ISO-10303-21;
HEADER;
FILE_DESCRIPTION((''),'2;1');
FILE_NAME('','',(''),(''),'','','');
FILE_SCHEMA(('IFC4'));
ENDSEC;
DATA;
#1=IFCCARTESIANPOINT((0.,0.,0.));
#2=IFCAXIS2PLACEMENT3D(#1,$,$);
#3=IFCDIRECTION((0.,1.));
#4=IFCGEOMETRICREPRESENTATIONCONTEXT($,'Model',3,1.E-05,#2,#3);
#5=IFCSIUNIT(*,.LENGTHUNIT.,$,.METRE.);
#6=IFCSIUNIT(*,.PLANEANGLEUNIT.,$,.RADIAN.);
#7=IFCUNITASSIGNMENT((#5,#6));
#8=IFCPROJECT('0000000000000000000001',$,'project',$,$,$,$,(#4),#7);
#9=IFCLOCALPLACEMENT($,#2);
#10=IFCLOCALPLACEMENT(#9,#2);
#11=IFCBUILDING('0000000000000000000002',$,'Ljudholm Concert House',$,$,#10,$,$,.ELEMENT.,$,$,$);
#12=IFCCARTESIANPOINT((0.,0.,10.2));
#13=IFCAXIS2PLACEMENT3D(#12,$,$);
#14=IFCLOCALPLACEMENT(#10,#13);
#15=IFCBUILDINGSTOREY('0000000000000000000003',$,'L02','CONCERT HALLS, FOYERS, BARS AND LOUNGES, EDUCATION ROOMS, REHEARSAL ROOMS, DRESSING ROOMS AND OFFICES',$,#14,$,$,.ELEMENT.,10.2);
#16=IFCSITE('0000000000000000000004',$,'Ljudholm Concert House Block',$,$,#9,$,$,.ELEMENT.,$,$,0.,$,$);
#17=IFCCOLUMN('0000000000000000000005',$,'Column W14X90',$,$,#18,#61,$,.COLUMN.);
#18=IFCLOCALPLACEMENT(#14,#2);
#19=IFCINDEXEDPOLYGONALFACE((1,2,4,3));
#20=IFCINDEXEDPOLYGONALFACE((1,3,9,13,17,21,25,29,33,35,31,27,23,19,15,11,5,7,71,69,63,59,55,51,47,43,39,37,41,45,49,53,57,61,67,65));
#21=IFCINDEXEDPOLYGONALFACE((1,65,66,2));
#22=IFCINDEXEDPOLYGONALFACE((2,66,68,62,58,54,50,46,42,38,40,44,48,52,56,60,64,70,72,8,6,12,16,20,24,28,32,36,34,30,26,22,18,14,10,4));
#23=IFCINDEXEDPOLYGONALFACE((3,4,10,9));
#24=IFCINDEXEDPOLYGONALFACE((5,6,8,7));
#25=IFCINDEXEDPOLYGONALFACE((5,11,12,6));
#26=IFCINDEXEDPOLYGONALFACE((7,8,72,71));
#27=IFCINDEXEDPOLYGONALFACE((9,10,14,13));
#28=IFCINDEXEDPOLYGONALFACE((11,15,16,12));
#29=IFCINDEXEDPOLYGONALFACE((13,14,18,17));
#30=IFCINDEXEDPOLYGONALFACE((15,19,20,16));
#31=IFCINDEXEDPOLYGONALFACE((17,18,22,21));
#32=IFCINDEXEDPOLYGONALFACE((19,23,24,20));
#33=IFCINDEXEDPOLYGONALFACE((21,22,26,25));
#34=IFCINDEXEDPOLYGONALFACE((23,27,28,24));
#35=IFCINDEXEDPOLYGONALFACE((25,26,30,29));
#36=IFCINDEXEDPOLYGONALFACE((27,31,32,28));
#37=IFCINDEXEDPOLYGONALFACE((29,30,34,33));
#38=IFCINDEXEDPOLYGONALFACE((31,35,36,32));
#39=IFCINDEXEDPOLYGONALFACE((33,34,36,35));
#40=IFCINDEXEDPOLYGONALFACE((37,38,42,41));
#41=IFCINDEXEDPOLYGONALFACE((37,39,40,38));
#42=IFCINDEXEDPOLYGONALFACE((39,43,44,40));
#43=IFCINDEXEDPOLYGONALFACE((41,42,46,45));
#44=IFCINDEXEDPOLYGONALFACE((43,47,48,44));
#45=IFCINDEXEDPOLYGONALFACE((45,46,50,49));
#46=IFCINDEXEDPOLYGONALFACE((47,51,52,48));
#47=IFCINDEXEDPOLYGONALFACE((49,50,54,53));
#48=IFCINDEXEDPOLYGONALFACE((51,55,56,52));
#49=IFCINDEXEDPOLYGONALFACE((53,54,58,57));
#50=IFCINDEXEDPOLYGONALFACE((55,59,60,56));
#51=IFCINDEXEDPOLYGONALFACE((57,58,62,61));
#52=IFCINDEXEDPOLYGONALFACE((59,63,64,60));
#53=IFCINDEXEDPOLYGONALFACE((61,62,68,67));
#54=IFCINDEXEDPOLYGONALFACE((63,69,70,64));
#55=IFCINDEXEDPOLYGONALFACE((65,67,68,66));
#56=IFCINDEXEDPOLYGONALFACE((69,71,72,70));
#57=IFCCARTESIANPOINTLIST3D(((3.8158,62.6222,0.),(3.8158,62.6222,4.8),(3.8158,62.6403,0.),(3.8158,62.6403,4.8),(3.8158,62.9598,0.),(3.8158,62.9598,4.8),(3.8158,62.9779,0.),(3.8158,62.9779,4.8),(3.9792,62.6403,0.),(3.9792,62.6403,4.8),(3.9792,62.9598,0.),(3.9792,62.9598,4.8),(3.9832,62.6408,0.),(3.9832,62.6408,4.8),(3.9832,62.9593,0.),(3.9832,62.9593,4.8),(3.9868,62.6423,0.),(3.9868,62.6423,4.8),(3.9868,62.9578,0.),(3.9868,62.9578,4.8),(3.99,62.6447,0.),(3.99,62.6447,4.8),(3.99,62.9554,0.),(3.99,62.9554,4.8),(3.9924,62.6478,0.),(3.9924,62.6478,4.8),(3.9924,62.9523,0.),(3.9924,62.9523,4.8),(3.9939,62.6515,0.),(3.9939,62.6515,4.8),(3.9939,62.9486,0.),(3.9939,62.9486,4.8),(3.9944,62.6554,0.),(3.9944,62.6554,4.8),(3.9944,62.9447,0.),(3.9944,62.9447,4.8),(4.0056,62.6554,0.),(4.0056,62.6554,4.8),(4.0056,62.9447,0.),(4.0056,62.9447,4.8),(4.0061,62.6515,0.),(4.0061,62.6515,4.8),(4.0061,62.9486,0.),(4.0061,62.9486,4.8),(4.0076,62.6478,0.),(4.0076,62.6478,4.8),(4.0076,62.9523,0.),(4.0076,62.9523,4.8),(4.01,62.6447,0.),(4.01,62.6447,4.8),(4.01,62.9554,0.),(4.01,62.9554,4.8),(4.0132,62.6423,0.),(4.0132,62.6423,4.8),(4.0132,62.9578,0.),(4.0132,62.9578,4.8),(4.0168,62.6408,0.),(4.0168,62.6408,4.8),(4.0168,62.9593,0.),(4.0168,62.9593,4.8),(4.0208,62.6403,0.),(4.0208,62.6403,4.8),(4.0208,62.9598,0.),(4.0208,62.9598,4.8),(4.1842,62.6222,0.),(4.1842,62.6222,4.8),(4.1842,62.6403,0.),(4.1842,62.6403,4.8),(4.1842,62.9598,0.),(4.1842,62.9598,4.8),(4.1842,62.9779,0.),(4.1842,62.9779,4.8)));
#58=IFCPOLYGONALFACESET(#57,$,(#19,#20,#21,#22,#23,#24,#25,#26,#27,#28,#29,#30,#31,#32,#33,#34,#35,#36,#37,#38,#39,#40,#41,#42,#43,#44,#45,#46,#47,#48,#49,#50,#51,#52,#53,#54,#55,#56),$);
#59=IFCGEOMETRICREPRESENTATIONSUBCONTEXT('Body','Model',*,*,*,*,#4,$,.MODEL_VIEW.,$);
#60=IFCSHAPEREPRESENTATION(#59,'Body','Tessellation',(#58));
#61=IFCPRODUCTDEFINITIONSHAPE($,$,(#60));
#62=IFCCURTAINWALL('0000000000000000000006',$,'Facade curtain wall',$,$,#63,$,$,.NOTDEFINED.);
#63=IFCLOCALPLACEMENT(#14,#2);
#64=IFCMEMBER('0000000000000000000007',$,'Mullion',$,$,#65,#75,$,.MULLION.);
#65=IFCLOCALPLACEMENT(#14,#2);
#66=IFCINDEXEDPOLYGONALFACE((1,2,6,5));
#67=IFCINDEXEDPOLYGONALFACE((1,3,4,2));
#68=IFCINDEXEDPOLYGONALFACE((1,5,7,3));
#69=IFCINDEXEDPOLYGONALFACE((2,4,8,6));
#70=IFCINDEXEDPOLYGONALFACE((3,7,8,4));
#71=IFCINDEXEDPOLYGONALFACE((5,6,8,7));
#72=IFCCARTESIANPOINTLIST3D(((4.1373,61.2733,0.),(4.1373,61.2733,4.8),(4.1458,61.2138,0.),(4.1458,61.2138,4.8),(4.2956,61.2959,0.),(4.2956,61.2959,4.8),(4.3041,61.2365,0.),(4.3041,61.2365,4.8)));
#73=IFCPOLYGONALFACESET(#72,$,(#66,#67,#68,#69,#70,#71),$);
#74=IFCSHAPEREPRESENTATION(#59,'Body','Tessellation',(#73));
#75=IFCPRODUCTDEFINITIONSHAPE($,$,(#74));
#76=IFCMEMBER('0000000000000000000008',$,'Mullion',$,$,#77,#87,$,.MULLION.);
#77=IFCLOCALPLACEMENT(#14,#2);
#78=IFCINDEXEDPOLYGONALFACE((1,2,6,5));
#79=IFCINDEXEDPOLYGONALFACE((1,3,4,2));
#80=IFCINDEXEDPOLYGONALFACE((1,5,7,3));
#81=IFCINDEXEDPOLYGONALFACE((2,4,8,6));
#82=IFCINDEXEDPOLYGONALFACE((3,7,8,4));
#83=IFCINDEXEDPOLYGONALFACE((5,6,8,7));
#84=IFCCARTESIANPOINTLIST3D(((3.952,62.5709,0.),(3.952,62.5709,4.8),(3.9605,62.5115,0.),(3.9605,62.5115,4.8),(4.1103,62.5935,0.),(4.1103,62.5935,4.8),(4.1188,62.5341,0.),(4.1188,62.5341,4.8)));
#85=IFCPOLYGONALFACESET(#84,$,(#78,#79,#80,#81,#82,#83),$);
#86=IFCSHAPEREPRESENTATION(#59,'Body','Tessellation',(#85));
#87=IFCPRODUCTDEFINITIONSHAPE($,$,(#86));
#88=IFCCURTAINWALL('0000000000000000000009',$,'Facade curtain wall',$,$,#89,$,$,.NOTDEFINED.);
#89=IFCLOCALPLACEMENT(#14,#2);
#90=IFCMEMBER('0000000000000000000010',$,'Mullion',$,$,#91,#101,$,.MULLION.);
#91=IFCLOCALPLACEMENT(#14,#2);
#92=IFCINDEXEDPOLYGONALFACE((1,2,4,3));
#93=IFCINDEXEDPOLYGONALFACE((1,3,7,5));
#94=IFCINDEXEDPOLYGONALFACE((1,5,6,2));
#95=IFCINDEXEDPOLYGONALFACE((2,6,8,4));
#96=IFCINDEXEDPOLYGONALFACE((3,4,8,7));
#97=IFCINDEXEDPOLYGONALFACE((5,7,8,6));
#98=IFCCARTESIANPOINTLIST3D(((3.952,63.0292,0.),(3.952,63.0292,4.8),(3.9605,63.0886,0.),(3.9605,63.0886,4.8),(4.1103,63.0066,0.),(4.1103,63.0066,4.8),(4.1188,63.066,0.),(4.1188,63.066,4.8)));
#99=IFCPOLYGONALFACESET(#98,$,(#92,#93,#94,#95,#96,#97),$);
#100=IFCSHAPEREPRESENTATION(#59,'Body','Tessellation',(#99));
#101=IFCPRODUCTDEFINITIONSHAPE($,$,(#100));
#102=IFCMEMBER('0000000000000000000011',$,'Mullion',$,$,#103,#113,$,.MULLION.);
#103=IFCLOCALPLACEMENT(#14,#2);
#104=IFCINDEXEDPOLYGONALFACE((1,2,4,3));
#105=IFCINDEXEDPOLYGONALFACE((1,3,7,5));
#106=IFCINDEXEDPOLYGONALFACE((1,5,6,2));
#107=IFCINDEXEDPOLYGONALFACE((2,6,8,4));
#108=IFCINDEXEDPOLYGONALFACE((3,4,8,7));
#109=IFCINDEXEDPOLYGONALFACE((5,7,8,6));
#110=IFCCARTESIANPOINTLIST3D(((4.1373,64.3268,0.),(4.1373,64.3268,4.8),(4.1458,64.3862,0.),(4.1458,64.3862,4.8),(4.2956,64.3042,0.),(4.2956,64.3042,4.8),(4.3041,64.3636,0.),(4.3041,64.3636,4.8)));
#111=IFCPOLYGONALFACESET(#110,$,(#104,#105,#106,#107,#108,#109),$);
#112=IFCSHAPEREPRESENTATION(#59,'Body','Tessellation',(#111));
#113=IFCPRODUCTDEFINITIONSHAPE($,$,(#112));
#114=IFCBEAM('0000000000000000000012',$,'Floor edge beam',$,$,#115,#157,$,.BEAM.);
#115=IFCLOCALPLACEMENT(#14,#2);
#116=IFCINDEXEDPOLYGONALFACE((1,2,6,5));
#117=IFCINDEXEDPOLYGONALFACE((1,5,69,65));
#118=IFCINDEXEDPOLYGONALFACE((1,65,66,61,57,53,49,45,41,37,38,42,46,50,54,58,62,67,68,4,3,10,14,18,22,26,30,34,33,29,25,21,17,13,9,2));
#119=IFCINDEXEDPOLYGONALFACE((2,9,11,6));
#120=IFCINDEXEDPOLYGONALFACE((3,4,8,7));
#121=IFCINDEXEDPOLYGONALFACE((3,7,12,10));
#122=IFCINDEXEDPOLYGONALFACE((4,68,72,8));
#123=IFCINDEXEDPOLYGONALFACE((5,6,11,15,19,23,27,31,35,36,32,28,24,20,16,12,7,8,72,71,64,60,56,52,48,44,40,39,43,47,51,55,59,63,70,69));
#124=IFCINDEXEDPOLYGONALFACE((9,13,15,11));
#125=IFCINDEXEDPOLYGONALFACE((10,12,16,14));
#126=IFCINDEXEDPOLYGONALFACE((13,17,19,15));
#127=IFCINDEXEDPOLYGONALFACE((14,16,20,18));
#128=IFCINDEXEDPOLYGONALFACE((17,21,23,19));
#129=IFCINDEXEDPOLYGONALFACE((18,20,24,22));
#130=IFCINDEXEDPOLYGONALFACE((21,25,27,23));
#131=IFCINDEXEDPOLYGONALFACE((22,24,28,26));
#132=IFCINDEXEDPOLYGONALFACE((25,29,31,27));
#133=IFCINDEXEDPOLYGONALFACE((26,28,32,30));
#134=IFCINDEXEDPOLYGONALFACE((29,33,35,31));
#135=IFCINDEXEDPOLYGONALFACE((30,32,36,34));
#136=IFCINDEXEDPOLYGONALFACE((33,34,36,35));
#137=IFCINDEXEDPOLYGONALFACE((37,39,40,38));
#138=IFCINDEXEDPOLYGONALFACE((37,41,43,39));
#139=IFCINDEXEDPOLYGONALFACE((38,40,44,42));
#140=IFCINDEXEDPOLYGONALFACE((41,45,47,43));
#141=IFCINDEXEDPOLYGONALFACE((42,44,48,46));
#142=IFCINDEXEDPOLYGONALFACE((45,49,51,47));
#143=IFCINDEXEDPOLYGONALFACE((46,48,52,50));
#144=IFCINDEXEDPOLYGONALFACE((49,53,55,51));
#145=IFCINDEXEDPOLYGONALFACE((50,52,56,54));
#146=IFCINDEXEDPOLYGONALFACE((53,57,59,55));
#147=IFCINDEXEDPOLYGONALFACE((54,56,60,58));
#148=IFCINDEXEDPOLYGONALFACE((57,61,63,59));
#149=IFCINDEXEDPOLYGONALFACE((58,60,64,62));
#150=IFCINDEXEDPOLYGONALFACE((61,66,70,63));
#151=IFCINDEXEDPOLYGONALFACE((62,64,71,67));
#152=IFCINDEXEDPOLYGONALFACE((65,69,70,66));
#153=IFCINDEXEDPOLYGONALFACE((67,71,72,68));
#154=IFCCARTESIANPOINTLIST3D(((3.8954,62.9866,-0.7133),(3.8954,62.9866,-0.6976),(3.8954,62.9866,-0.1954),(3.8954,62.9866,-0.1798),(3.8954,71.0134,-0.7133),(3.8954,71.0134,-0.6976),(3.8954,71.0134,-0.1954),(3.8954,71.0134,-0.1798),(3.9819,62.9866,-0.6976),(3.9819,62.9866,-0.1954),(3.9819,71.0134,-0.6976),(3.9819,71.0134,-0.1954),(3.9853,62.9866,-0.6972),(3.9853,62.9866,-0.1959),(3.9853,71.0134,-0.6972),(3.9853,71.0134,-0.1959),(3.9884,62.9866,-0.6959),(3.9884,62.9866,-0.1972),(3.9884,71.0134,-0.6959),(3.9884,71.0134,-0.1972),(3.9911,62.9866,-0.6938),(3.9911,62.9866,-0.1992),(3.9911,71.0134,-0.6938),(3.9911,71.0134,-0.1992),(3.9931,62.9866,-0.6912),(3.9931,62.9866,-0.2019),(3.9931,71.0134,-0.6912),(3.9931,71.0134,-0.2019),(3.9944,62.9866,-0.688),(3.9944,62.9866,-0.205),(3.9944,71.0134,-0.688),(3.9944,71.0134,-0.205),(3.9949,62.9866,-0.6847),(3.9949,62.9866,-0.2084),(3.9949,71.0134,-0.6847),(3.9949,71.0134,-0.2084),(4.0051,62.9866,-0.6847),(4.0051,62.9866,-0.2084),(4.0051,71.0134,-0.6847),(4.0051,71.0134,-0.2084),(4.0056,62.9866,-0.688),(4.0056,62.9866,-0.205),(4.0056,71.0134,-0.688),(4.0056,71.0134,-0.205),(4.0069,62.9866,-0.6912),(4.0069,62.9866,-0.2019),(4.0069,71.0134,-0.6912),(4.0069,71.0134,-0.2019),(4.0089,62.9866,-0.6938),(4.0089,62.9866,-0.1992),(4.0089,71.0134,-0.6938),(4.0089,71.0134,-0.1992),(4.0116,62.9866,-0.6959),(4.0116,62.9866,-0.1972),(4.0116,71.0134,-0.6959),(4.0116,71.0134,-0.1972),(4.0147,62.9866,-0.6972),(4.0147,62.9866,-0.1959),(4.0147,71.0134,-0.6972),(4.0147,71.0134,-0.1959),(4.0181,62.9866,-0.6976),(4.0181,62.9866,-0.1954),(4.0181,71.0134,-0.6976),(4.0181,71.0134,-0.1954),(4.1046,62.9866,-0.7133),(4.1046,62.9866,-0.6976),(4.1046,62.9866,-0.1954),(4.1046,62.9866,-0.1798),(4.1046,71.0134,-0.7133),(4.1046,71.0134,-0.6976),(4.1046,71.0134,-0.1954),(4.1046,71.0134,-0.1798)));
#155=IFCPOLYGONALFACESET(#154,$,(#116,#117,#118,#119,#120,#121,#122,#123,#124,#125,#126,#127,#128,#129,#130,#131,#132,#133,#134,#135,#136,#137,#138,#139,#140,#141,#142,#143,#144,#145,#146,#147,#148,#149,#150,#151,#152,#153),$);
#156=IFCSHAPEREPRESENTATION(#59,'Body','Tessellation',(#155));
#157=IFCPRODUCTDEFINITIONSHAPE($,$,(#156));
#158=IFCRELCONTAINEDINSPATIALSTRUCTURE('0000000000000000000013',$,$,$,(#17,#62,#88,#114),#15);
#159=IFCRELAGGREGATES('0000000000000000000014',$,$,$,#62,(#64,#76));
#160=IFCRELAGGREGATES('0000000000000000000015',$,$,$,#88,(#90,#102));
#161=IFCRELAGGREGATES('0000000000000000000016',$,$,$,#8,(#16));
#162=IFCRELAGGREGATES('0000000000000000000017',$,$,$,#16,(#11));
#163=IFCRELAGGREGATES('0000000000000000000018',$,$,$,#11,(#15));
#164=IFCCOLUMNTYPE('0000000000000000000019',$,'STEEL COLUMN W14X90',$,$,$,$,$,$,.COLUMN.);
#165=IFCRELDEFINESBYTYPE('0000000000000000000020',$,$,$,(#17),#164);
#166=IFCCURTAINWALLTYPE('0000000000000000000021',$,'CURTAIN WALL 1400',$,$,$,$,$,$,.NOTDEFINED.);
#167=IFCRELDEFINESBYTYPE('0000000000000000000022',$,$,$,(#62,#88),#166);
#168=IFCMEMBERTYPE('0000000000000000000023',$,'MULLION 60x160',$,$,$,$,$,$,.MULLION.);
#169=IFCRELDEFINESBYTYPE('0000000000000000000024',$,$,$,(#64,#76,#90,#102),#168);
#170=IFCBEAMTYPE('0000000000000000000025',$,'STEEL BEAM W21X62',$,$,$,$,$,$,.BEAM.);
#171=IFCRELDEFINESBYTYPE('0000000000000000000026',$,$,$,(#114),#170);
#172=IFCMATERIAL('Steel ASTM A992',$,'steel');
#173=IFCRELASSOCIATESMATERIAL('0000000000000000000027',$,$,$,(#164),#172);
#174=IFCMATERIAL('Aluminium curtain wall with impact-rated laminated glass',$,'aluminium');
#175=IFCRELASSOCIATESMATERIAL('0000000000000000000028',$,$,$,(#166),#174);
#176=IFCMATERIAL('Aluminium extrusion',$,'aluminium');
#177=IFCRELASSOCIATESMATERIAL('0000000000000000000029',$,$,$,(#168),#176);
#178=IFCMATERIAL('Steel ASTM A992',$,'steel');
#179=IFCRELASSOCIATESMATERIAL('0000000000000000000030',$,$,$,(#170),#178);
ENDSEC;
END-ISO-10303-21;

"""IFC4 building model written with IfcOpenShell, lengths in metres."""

from ifc_helpers import new_model, si_unit, direction, frame, origin, origin_2d, place, context, subcontext, project, spatial, rectangle, i_section, extrude, material, material_profile, profile_set, type_object, element, aggregate, save


model = new_model("IFC4")

# Units and contexts
model_context = context("Model", 3, precision=1e-05, world=origin(), true_north=direction((0.0, 1.0)))
body_context = subcontext(model_context, "Body", "Model", "MODEL_VIEW")
ifc_project = project(units=[si_unit("LENGTHUNIT", "METRE"), si_unit("PLANEANGLEUNIT", "RADIAN")], contexts=[model_context])

# Site, building, storey
site_placement = place(None, origin())
site = spatial("IfcSite", under=ifc_project, at=site_placement, Name="Ljudholm Concert House Block", CompositionType="ELEMENT", RefElevation=0.0)
building_placement = place(site_placement, origin())
building = spatial("IfcBuilding", under=site, at=building_placement, Name="Ljudholm Concert House", CompositionType="ELEMENT")
storey_placement = place(building_placement, frame((0.0, 0.0, 10.2)))
storey = spatial("IfcBuildingStorey", under=building, at=storey_placement, Name="L02", Description="CONCERT HALLS, FOYERS, BARS AND LOUNGES, EDUCATION ROOMS, REHEARSAL ROOMS, DRESSING ROOMS AND OFFICES", CompositionType="ELEMENT", Elevation=10.2)

# Column
ifc_material_1 = material(Name="Steel ASTM A992", Category="steel")
ifc_material_profile_1 = material_profile(ifc_material_1, i_section(OverallWidth=0.3684, OverallDepth=0.3557, WebThickness=0.0112, FlangeThickness=0.0181, FilletRadius=0.0151, at=origin_2d()), Name="W14X90")
ifc_profile_set_1 = profile_set([ifc_material_profile_1], Name="Steel ASTM A992")
column_type = type_object("IfcColumnType", Name="STEEL COLUMN W14X90", PredefinedType="COLUMN", material=ifc_profile_set_1)
column_placement = place(storey_placement, frame((4.0, 62.8, 0.0), z_axis=(0.0, 0.0, 1.0), x_axis=(1.0, 0.0, 0.0)))
element("IfcColumn", 1, at=column_placement, inside=storey, type_object=column_type, Name="Column W14X90", PredefinedType="COLUMN", context=body_context, shape_type="SweptSolid", body=[
    extrude(i_section(OverallWidth=0.3684, OverallDepth=0.3557, WebThickness=0.0112, FlangeThickness=0.0181, FilletRadius=0.0151, at=origin_2d()), origin(), (0.0, 0.0, 1.0), 4.8),
])

# Curtain walls, members
ifc_material_2 = material(Name="Aluminium curtain wall with impact-rated laminated glass", Category="aluminium")
curtain_wall_type = type_object("IfcCurtainWallType", Name="CURTAIN WALL 1400", PredefinedType="NOTDEFINED", material=ifc_material_2)
curtain_wall_1_placement = place(storey_placement, origin())
curtain_wall_1 = element("IfcCurtainWall", 2, at=curtain_wall_1_placement, inside=storey, type_object=curtain_wall_type, Name="Facade curtain wall", PredefinedType="NOTDEFINED")
ifc_material_3 = material(Name="Aluminium extrusion", Category="aluminium")
ifc_material_profile_2 = material_profile(ifc_material_3, rectangle(XDim=0.1599, YDim=0.0601, at=origin_2d()), Name="MULLION 60x160")
ifc_profile_set_2 = profile_set([ifc_material_profile_2], Name="Aluminium extrusion")
member_type_1 = type_object("IfcMemberType", Name="MULLION 60x160", PredefinedType="MULLION", material=ifc_profile_set_2)
member_1_placement = place(storey_placement, frame((4.2207, 61.2549, 0.0), z_axis=(0.0, 0.0, 1.0), x_axis=(-0.989949, -0.141421, 0.0)))
member_1 = element("IfcMember", 3, at=member_1_placement, type_object=member_type_1, Name="Mullion", PredefinedType="MULLION", context=body_context, shape_type="SweptSolid", body=[
    extrude(rectangle(XDim=0.1599, YDim=0.0601, at=origin_2d()), origin(), (0.0, 0.0, 1.0), 4.8),
])
member_2_placement = place(storey_placement, frame((4.0354, 62.5525, 0.0), z_axis=(0.0, 0.0, 1.0), x_axis=(-0.989949, -0.141421, 0.0)))
member_2 = element("IfcMember", 4, at=member_2_placement, type_object=member_type_1, Name="Mullion", PredefinedType="MULLION", context=body_context, shape_type="SweptSolid", body=[
    extrude(rectangle(XDim=0.1599, YDim=0.0601, at=origin_2d()), origin(), (0.0, 0.0, 1.0), 4.8),
])
curtain_wall_2_placement = place(storey_placement, origin())
curtain_wall_2 = element("IfcCurtainWall", 5, at=curtain_wall_2_placement, inside=storey, type_object=curtain_wall_type, Name="Facade curtain wall", PredefinedType="NOTDEFINED")
member_3_placement = place(storey_placement, frame((4.0354, 63.0476, 0.0), z_axis=(0.0, 0.0, 1.0), x_axis=(-0.989949, 0.141421, 0.0)))
member_3 = element("IfcMember", 6, at=member_3_placement, type_object=member_type_1, Name="Mullion", PredefinedType="MULLION", context=body_context, shape_type="SweptSolid", body=[
    extrude(rectangle(XDim=0.1599, YDim=0.0601, at=origin_2d()), origin(), (0.0, 0.0, 1.0), 4.8),
])
member_4_placement = place(storey_placement, frame((4.2207, 64.3452, 0.0), z_axis=(0.0, 0.0, 1.0), x_axis=(-0.989949, 0.141421, 0.0)))
member_4 = element("IfcMember", 7, at=member_4_placement, type_object=member_type_1, Name="Mullion", PredefinedType="MULLION", context=body_context, shape_type="SweptSolid", body=[
    extrude(rectangle(XDim=0.1599, YDim=0.0601, at=origin_2d()), origin(), (0.0, 0.0, 1.0), 4.8),
])

# Beam
ifc_material_4 = material(Name="Steel ASTM A992", Category="steel")
ifc_material_profile_3 = material_profile(ifc_material_4, i_section(OverallWidth=0.2092, OverallDepth=0.5334, WebThickness=0.0103, FlangeThickness=0.0156, FilletRadius=0.0129, at=origin_2d()), Name="W21X62")
ifc_profile_set_3 = profile_set([ifc_material_profile_3], Name="Steel ASTM A992")
beam_type_1 = type_object("IfcBeamType", Name="STEEL BEAM W21X62", PredefinedType="BEAM", material=ifc_profile_set_3)
beam_1_placement = place(storey_placement, frame((4.0, 62.9866, -0.4465), z_axis=(0.0, 1.0, 0.0), x_axis=(-1.0, 0.0, 0.0)))
element("IfcBeam", 8, at=beam_1_placement, inside=storey, type_object=beam_type_1, Name="Floor edge beam", PredefinedType="BEAM", context=body_context, shape_type="SweptSolid", body=[
    extrude(i_section(OverallWidth=0.2092, OverallDepth=0.5334, WebThickness=0.0103, FlangeThickness=0.0156, FilletRadius=0.0129, at=origin_2d()), origin(), (0.0, 0.0, 1.0), 8.0269),
])

aggregate(curtain_wall_1, [member_1, member_2])
aggregate(curtain_wall_2, [member_3, member_4])

save(model, "model.ifc")
